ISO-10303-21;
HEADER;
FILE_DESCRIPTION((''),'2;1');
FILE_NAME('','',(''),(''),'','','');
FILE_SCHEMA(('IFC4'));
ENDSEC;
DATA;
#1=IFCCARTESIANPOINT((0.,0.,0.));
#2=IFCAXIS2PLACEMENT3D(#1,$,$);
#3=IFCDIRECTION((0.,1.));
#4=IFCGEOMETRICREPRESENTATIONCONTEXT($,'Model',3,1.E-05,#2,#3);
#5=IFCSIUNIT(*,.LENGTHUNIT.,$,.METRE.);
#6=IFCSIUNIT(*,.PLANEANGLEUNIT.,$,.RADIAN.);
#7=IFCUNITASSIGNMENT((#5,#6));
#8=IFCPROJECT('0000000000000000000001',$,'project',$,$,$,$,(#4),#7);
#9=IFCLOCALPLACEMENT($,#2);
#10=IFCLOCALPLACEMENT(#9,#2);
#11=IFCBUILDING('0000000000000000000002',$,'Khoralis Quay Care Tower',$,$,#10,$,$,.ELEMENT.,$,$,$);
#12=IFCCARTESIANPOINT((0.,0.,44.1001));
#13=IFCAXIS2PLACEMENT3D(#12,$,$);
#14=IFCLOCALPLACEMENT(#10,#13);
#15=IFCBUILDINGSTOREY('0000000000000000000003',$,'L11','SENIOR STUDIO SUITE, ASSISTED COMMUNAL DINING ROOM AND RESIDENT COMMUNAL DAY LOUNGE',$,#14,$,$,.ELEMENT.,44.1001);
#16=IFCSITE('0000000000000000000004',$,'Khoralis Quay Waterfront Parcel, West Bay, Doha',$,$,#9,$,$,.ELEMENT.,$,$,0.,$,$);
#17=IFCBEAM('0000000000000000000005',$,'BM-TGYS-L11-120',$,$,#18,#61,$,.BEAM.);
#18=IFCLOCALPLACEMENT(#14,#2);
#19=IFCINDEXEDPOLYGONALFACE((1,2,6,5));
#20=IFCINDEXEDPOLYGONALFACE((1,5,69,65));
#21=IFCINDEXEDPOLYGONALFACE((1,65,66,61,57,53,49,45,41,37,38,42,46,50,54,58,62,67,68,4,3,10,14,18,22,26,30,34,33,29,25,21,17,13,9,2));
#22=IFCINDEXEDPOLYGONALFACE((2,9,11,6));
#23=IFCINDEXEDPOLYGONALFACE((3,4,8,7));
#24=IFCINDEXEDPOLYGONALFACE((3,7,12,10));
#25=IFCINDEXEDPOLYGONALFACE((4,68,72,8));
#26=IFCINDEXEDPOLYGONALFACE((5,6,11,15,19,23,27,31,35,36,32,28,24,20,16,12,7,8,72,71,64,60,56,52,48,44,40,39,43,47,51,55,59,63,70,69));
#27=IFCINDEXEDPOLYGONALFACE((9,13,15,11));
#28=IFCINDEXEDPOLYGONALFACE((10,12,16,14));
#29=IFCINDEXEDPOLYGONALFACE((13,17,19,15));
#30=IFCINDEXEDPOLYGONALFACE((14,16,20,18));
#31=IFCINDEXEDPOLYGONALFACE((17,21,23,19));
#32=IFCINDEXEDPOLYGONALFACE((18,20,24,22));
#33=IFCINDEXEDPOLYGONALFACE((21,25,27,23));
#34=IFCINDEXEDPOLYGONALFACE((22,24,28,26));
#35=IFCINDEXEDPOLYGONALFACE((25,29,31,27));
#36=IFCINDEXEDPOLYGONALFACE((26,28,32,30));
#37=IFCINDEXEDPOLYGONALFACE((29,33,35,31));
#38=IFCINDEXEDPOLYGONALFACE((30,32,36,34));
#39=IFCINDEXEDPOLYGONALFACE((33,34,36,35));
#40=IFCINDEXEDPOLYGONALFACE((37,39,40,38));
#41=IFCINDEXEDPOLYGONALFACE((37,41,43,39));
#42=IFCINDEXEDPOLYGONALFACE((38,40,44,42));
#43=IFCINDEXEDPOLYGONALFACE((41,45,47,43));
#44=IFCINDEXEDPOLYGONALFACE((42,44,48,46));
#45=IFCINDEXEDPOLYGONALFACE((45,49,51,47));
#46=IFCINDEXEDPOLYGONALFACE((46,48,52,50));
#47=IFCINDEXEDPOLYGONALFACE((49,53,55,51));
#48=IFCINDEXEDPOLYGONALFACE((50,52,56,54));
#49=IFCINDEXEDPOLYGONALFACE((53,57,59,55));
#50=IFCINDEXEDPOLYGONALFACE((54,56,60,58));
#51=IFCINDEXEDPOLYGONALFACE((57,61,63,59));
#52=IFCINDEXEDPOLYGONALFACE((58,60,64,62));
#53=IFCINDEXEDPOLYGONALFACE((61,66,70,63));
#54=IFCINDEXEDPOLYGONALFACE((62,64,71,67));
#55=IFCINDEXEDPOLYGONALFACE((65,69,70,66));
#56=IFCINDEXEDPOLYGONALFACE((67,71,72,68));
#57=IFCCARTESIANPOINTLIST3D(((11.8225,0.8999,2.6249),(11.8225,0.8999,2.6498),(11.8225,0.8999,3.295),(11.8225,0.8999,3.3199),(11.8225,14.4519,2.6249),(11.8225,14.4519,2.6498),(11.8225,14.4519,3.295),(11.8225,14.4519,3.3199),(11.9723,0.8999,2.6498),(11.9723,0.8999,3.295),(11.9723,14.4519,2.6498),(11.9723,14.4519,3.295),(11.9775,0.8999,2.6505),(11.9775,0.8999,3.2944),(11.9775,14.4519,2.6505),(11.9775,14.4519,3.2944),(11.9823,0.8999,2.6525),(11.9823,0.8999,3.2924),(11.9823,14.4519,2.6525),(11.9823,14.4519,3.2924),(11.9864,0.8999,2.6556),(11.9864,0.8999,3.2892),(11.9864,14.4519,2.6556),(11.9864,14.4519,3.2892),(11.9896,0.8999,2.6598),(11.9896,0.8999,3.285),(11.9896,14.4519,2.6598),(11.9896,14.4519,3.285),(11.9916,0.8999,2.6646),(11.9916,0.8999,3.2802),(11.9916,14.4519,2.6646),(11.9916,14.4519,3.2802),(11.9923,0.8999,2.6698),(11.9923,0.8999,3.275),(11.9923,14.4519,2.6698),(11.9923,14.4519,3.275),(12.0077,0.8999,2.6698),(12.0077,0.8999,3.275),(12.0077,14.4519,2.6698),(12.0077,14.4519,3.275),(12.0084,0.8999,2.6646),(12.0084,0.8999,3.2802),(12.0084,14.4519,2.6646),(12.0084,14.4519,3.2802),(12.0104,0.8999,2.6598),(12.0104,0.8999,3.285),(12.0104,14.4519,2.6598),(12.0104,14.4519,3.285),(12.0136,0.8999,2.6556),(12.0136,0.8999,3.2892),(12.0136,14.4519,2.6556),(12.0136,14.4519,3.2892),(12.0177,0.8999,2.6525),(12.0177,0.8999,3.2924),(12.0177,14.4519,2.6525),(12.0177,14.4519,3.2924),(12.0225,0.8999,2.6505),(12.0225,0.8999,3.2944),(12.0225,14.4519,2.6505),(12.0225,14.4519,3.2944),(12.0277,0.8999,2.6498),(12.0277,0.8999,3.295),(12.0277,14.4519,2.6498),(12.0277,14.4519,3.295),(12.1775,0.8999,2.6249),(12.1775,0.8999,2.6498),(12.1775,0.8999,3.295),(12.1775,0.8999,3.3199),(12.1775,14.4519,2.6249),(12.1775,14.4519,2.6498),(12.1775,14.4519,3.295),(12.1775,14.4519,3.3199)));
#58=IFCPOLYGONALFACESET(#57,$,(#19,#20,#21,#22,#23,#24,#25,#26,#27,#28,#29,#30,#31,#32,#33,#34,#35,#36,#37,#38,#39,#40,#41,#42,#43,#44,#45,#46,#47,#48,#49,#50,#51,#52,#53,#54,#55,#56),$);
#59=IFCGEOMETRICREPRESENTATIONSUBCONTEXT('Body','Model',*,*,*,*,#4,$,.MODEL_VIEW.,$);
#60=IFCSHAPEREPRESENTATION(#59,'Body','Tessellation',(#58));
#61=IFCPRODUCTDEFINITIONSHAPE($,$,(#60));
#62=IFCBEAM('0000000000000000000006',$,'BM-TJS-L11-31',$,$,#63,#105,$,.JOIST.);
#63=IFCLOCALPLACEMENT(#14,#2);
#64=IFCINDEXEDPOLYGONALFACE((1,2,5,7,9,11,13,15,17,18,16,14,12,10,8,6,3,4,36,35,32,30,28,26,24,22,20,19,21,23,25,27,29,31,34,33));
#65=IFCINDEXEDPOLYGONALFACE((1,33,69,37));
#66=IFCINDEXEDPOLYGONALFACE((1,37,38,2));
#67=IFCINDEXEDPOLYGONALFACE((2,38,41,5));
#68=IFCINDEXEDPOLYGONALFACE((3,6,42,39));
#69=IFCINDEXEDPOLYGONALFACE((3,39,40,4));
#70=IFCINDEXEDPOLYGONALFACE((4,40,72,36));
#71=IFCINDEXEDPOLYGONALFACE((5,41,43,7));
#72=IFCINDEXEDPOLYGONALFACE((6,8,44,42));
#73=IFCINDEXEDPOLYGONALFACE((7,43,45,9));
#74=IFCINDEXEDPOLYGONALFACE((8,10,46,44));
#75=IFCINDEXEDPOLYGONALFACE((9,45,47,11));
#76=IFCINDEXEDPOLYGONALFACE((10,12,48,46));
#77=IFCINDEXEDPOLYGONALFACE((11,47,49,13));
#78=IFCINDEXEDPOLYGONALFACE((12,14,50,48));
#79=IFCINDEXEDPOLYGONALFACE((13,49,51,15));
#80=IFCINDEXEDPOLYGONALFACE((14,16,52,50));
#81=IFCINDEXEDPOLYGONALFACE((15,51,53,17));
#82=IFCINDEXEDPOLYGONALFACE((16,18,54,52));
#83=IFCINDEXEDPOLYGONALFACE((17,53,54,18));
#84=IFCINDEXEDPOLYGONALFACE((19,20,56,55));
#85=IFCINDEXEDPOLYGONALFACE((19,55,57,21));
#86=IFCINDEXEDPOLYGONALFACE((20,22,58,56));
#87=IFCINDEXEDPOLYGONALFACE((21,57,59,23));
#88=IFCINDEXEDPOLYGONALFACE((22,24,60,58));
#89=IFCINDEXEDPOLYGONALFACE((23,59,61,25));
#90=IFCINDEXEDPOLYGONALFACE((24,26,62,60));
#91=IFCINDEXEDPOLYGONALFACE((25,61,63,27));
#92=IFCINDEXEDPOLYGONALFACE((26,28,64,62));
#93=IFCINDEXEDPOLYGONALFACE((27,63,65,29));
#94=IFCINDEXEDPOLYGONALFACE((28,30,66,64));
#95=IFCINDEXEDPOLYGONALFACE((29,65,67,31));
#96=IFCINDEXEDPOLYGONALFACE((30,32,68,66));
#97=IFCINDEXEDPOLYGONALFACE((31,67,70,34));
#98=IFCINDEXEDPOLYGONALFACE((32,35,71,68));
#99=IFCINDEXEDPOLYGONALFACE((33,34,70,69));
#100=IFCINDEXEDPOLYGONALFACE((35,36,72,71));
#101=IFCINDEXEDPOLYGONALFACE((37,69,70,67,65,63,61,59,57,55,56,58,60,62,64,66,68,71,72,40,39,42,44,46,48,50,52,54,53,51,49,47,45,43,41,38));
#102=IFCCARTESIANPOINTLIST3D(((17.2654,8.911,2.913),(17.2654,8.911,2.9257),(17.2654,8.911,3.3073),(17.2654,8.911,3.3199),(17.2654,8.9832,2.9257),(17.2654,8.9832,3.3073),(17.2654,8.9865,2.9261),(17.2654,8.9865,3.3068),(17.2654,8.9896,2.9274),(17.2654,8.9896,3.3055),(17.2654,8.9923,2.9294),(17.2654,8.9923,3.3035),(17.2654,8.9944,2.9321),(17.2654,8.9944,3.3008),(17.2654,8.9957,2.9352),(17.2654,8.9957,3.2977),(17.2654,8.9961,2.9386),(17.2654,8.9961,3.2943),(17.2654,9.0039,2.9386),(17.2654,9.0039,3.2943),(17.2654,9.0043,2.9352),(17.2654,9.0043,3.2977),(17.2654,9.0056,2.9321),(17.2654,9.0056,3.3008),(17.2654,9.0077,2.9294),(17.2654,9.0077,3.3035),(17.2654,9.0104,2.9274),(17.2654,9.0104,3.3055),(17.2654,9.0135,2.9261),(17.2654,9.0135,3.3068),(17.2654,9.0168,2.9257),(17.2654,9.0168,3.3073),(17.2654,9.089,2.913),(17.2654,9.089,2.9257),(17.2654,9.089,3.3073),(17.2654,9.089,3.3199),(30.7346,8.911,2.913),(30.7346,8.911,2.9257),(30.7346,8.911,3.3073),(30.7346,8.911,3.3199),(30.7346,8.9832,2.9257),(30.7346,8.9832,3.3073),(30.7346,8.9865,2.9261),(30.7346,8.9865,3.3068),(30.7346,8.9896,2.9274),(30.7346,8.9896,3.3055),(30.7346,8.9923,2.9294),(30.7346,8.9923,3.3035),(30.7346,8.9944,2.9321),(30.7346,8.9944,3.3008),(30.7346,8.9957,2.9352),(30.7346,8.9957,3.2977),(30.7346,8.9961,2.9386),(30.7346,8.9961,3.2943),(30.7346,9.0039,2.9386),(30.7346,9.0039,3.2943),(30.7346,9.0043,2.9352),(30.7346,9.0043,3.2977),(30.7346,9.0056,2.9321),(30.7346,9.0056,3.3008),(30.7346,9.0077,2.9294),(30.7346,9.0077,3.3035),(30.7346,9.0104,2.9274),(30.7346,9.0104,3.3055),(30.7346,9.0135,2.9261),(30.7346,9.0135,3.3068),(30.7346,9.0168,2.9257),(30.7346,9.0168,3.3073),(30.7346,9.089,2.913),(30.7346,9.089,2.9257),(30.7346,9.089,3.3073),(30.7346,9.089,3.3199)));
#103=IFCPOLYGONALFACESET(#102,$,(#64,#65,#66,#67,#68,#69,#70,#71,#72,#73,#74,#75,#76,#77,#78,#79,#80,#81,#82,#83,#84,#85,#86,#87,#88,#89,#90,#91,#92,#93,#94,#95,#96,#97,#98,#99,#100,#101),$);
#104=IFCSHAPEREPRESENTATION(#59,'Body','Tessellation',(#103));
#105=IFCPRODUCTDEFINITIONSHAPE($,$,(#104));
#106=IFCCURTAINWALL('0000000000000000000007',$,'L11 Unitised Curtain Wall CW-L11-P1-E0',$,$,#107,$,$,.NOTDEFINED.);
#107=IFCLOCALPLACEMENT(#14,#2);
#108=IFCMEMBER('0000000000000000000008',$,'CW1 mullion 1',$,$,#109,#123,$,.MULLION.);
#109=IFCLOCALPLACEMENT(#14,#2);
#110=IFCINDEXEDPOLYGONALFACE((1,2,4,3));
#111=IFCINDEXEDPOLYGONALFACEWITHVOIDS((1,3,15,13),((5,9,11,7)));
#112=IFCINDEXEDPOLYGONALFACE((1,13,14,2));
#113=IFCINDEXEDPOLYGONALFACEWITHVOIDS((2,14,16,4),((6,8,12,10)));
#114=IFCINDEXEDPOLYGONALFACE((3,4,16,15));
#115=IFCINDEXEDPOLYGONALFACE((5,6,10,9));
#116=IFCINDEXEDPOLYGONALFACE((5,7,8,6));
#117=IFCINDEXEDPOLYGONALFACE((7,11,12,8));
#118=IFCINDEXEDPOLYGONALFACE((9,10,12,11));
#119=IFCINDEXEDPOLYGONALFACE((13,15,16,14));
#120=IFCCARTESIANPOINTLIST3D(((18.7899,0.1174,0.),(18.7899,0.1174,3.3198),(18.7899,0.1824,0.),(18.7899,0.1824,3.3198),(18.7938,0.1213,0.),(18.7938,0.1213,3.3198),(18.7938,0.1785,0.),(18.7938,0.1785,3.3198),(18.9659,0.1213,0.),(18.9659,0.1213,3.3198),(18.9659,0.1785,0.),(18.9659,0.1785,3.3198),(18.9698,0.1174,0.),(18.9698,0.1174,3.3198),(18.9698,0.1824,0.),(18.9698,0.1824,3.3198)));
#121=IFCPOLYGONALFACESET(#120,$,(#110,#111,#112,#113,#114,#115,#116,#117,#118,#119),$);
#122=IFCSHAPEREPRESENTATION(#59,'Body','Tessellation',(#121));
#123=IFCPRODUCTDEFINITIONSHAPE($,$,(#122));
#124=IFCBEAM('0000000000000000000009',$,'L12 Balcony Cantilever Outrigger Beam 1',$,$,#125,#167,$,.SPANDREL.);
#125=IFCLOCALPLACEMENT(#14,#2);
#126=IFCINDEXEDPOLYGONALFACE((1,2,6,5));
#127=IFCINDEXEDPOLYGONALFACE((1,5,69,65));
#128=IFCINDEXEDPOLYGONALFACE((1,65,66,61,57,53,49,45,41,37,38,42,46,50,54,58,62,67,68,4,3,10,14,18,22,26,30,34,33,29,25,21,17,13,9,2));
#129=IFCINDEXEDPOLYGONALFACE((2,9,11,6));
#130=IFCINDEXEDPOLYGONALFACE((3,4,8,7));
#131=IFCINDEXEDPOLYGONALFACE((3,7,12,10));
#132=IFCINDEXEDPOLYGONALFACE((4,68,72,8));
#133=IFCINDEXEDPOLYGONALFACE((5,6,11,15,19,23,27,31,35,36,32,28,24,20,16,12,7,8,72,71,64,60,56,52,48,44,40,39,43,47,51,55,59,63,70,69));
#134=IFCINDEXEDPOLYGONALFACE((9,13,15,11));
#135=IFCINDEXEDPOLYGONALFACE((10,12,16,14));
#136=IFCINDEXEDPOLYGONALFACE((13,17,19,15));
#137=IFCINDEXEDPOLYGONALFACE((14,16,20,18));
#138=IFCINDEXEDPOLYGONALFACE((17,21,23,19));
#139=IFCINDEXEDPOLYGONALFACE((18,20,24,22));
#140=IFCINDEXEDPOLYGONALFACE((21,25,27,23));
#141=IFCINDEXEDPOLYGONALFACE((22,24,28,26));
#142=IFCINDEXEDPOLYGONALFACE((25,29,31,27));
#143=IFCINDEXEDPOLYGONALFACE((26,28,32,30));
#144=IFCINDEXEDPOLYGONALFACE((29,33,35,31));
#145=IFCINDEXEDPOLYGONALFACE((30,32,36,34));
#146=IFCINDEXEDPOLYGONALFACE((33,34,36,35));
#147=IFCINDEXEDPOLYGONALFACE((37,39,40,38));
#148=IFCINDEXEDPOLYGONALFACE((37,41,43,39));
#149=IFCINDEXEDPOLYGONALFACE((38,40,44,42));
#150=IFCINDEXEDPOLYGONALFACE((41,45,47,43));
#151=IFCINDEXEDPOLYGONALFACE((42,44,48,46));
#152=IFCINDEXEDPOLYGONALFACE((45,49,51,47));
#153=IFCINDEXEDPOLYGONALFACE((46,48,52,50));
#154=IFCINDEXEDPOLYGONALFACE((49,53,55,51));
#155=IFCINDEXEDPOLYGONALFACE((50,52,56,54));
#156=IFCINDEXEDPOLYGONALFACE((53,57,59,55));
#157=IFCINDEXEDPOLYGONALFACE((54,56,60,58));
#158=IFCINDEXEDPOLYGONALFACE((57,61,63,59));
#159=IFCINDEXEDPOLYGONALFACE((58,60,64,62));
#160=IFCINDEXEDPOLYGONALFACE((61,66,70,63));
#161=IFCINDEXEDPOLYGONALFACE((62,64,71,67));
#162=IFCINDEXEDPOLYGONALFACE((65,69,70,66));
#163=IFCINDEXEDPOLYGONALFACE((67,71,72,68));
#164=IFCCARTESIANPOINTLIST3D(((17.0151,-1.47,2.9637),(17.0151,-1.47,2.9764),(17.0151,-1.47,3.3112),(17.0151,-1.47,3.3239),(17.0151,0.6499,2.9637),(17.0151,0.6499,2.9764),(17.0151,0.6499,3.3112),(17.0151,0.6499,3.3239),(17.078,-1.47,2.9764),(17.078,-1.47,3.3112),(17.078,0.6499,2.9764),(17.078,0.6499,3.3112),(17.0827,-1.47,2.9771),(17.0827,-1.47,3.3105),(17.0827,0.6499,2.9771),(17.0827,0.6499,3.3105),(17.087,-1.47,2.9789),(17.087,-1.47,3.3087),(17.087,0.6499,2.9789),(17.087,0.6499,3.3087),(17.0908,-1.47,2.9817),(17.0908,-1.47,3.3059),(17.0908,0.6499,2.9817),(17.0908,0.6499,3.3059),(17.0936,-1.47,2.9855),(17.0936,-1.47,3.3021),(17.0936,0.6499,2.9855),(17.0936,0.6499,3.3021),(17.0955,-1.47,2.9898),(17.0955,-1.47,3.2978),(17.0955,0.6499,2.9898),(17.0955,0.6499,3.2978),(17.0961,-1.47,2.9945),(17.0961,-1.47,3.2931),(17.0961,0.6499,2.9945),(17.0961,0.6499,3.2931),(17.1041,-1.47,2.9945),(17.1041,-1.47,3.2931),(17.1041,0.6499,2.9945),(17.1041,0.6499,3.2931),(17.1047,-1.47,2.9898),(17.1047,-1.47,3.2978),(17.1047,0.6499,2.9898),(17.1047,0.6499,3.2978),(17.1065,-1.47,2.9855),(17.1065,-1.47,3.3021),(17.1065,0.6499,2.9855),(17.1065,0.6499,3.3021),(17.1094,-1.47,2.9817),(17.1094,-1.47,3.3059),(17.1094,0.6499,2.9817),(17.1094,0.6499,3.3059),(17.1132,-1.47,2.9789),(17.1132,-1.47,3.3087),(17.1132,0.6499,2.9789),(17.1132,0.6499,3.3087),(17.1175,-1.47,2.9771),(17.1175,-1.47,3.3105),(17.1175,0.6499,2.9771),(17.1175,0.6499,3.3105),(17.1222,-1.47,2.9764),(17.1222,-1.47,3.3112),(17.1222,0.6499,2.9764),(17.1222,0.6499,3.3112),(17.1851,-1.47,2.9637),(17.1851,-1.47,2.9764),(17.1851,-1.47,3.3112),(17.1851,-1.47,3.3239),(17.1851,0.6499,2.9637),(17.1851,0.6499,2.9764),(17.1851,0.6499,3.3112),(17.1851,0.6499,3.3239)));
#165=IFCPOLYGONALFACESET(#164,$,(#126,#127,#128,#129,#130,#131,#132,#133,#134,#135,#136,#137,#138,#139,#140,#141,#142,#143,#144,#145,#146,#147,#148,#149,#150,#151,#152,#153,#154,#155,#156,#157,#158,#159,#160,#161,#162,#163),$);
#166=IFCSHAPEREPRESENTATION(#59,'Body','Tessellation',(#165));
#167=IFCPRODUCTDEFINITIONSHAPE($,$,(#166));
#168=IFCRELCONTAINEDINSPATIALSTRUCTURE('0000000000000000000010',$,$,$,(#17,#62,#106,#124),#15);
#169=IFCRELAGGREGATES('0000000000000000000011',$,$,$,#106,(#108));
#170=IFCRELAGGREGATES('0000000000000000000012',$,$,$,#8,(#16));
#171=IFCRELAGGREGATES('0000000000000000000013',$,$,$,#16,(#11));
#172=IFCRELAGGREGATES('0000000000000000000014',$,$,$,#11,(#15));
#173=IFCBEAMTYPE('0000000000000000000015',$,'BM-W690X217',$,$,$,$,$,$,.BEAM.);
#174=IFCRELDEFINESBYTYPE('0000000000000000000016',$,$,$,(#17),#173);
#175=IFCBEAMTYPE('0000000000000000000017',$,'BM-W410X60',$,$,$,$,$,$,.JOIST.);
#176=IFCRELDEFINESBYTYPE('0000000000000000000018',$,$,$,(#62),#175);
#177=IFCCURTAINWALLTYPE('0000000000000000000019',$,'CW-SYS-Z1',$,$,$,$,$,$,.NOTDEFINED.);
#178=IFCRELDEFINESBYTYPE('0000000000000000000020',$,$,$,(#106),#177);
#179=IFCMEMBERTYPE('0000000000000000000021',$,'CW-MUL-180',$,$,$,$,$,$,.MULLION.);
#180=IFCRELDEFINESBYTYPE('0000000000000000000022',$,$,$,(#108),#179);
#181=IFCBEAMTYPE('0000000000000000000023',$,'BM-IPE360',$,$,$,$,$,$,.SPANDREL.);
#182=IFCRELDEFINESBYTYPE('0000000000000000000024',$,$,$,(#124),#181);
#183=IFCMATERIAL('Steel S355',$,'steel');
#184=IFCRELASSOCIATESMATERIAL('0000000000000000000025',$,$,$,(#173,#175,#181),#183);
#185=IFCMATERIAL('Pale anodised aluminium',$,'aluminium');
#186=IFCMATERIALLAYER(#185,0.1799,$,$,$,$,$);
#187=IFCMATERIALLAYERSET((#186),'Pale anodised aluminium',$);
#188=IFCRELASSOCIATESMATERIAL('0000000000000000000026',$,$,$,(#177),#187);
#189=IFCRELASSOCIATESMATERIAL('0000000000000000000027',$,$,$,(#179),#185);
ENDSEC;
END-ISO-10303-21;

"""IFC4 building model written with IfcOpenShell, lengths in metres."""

from ifc_helpers import new_model, si_unit, direction, frame, origin, origin_2d, place, context, subcontext, project, spatial, hollow_rectangle, i_section, extrude, source, transform, mapped, material, layer, layer_set, material_profile, profile_set, type_object, element, aggregate, save


model = new_model("IFC4")

# Units and contexts
model_context = context("Model", 3, precision=1e-05, world=origin(), true_north=direction((0.0, 1.0)))
body_context = subcontext(model_context, "Body", "Model", "MODEL_VIEW")
ifc_project = project(units=[si_unit("LENGTHUNIT", "METRE"), si_unit("PLANEANGLEUNIT", "RADIAN")], contexts=[model_context])

# Site, building, storey
site_placement = place(None, origin())
site = spatial("IfcSite", under=ifc_project, at=site_placement, Name="Khoralis Quay Waterfront Parcel, West Bay, Doha", CompositionType="ELEMENT", RefElevation=0.0)
building_placement = place(site_placement, origin())
building = spatial("IfcBuilding", under=site, at=building_placement, Name="Khoralis Quay Care Tower", CompositionType="ELEMENT")
storey_placement = place(building_placement, frame((0.0, 0.0, 44.1001)))
storey = spatial("IfcBuildingStorey", under=building, at=storey_placement, Name="L11", Description="SENIOR STUDIO SUITE, ASSISTED COMMUNAL DINING ROOM AND RESIDENT COMMUNAL DAY LOUNGE", CompositionType="ELEMENT", Elevation=44.1001)

# Beams
ifc_material_1 = material(Name="Steel S355", Category="steel")
ifc_material_profile_1 = material_profile(ifc_material_1, i_section(OverallWidth=0.355, OverallDepth=0.6951, WebThickness=0.0154, FlangeThickness=0.0249, FilletRadius=0.02, at=origin_2d()), Name="Steel S355")
ifc_profile_set_1 = profile_set([ifc_material_profile_1], Name="Steel S355")
beam_type_1 = type_object("IfcBeamType", Name="BM-W690X217", PredefinedType="BEAM", material=ifc_profile_set_1)
shared_shape_1 = source(origin(), body_context, "Body", "SweptSolid", [
    extrude(i_section(OverallWidth=0.355, OverallDepth=0.6951, WebThickness=0.0154, FlangeThickness=0.0249, FilletRadius=0.02, at=origin_2d()), origin(), (0.0, 0.0, 1.0), 13.552),
])
beam_1_placement = place(storey_placement, frame((12.0, 0.8999, 2.9724), z_axis=(0.0, 1.0, 0.0), x_axis=(-1.0, 0.0, 0.0)))
element("IfcBeam", 1, at=beam_1_placement, inside=storey, type_object=beam_type_1, Name="BM-TGYS-L11-120", PredefinedType="BEAM", context=body_context, shape_type="MappedRepresentation", body=[
    mapped(shared_shape_1, transform((0.0, 0.0, 0.0), scale=1.0)),
])
ifc_material_profile_2 = material_profile(ifc_material_1, i_section(OverallWidth=0.178, OverallDepth=0.407, WebThickness=0.0078, FlangeThickness=0.0127, FilletRadius=0.0129, at=origin_2d()), Name="Steel S355")
ifc_profile_set_2 = profile_set([ifc_material_profile_2], Name="Steel S355")
beam_type_2 = type_object("IfcBeamType", Name="BM-W410X60", PredefinedType="JOIST", material=ifc_profile_set_2)
shared_shape_2 = source(origin(), body_context, "Body", "SweptSolid", [
    extrude(i_section(OverallWidth=0.178, OverallDepth=0.407, WebThickness=0.0078, FlangeThickness=0.0127, FilletRadius=0.0129, at=origin_2d()), origin(), (0.0, 0.0, 1.0), 13.4692),
])
beam_2_placement = place(storey_placement, frame((17.2654, 9.0, 3.1165), z_axis=(1.0, 0.0, 0.0), x_axis=(0.0, 1.0, 0.0)))
element("IfcBeam", 2, at=beam_2_placement, inside=storey, type_object=beam_type_2, Name="BM-TJS-L11-31", PredefinedType="JOIST", context=body_context, shape_type="MappedRepresentation", body=[
    mapped(shared_shape_2, transform((0.0, 0.0, 0.0), scale=1.0)),
])

# Curtain wall, member
ifc_material_2 = material(Name="Pale anodised aluminium", Category="aluminium")
ifc_layer_1 = layer(ifc_material_2, 0.1799)
ifc_layer_set_1 = layer_set([ifc_layer_1], Name="Pale anodised aluminium")
curtain_wall_type = type_object("IfcCurtainWallType", Name="CW-SYS-Z1", PredefinedType="NOTDEFINED", material=ifc_layer_set_1)
curtain_wall_placement = place(storey_placement, origin())
curtain_wall = element("IfcCurtainWall", 3, at=curtain_wall_placement, inside=storey, type_object=curtain_wall_type, Name="L11 Unitised Curtain Wall CW-L11-P1-E0", PredefinedType="NOTDEFINED")
ifc_material_profile_3 = material_profile(ifc_material_2, hollow_rectangle(XDim=0.0649, YDim=0.1799, WallThickness=0.0039, at=origin_2d()), Name="Pale anodised aluminium")
ifc_profile_set_3 = profile_set([ifc_material_profile_3], Name="Pale anodised aluminium")
member_type_1 = type_object("IfcMemberType", Name="CW-MUL-180", PredefinedType="MULLION", material=ifc_profile_set_3)
shared_shape_3 = source(origin(), body_context, "Body", "SweptSolid", [
    extrude(hollow_rectangle(XDim=0.0649, YDim=0.1799, WallThickness=0.0039, at=origin_2d()), origin(), (0.0, 0.0, 1.0), 3.3198),
])
member_1_placement = place(storey_placement, frame((18.8799, 0.1499, 0.0), z_axis=(0.0, 0.0, 1.0), x_axis=(0.0, 1.0, 0.0)))
member_1 = element("IfcMember", 4, at=member_1_placement, type_object=member_type_1, Name="CW1 mullion 1", PredefinedType="MULLION", context=body_context, shape_type="MappedRepresentation", body=[
    mapped(shared_shape_3, transform((0.0, 0.0, 0.0), scale=1.0)),
])

# Beam
ifc_material_profile_4 = material_profile(ifc_material_1, i_section(OverallWidth=0.1699, OverallDepth=0.3601, WebThickness=0.0081, FlangeThickness=0.0127, FilletRadius=0.0181, at=origin_2d()), Name="Steel S355")
ifc_profile_set_4 = profile_set([ifc_material_profile_4], Name="Steel S355")
beam_type_3 = type_object("IfcBeamType", Name="BM-IPE360", PredefinedType="SPANDREL", material=ifc_profile_set_4)
shared_shape_4 = source(origin(), body_context, "Body", "SweptSolid", [
    extrude(i_section(OverallWidth=0.1699, OverallDepth=0.3601, WebThickness=0.0081, FlangeThickness=0.0127, FilletRadius=0.0181, at=origin_2d()), origin(), (0.0, 0.0, 1.0), 2.1199),
])
beam_3_placement = place(storey_placement, frame((17.1001, 0.6499, 3.1438), z_axis=(0.0, -1.0, 0.0), x_axis=(1.0, 0.0, 0.0)))
element("IfcBeam", 5, at=beam_3_placement, inside=storey, type_object=beam_type_3, Name="L12 Balcony Cantilever Outrigger Beam 1", PredefinedType="SPANDREL", context=body_context, shape_type="MappedRepresentation", body=[
    mapped(shared_shape_4, transform((0.0, 0.0, 0.0), scale=1.0)),
])

aggregate(curtain_wall, [member_1])

save(model, "model.ifc")
